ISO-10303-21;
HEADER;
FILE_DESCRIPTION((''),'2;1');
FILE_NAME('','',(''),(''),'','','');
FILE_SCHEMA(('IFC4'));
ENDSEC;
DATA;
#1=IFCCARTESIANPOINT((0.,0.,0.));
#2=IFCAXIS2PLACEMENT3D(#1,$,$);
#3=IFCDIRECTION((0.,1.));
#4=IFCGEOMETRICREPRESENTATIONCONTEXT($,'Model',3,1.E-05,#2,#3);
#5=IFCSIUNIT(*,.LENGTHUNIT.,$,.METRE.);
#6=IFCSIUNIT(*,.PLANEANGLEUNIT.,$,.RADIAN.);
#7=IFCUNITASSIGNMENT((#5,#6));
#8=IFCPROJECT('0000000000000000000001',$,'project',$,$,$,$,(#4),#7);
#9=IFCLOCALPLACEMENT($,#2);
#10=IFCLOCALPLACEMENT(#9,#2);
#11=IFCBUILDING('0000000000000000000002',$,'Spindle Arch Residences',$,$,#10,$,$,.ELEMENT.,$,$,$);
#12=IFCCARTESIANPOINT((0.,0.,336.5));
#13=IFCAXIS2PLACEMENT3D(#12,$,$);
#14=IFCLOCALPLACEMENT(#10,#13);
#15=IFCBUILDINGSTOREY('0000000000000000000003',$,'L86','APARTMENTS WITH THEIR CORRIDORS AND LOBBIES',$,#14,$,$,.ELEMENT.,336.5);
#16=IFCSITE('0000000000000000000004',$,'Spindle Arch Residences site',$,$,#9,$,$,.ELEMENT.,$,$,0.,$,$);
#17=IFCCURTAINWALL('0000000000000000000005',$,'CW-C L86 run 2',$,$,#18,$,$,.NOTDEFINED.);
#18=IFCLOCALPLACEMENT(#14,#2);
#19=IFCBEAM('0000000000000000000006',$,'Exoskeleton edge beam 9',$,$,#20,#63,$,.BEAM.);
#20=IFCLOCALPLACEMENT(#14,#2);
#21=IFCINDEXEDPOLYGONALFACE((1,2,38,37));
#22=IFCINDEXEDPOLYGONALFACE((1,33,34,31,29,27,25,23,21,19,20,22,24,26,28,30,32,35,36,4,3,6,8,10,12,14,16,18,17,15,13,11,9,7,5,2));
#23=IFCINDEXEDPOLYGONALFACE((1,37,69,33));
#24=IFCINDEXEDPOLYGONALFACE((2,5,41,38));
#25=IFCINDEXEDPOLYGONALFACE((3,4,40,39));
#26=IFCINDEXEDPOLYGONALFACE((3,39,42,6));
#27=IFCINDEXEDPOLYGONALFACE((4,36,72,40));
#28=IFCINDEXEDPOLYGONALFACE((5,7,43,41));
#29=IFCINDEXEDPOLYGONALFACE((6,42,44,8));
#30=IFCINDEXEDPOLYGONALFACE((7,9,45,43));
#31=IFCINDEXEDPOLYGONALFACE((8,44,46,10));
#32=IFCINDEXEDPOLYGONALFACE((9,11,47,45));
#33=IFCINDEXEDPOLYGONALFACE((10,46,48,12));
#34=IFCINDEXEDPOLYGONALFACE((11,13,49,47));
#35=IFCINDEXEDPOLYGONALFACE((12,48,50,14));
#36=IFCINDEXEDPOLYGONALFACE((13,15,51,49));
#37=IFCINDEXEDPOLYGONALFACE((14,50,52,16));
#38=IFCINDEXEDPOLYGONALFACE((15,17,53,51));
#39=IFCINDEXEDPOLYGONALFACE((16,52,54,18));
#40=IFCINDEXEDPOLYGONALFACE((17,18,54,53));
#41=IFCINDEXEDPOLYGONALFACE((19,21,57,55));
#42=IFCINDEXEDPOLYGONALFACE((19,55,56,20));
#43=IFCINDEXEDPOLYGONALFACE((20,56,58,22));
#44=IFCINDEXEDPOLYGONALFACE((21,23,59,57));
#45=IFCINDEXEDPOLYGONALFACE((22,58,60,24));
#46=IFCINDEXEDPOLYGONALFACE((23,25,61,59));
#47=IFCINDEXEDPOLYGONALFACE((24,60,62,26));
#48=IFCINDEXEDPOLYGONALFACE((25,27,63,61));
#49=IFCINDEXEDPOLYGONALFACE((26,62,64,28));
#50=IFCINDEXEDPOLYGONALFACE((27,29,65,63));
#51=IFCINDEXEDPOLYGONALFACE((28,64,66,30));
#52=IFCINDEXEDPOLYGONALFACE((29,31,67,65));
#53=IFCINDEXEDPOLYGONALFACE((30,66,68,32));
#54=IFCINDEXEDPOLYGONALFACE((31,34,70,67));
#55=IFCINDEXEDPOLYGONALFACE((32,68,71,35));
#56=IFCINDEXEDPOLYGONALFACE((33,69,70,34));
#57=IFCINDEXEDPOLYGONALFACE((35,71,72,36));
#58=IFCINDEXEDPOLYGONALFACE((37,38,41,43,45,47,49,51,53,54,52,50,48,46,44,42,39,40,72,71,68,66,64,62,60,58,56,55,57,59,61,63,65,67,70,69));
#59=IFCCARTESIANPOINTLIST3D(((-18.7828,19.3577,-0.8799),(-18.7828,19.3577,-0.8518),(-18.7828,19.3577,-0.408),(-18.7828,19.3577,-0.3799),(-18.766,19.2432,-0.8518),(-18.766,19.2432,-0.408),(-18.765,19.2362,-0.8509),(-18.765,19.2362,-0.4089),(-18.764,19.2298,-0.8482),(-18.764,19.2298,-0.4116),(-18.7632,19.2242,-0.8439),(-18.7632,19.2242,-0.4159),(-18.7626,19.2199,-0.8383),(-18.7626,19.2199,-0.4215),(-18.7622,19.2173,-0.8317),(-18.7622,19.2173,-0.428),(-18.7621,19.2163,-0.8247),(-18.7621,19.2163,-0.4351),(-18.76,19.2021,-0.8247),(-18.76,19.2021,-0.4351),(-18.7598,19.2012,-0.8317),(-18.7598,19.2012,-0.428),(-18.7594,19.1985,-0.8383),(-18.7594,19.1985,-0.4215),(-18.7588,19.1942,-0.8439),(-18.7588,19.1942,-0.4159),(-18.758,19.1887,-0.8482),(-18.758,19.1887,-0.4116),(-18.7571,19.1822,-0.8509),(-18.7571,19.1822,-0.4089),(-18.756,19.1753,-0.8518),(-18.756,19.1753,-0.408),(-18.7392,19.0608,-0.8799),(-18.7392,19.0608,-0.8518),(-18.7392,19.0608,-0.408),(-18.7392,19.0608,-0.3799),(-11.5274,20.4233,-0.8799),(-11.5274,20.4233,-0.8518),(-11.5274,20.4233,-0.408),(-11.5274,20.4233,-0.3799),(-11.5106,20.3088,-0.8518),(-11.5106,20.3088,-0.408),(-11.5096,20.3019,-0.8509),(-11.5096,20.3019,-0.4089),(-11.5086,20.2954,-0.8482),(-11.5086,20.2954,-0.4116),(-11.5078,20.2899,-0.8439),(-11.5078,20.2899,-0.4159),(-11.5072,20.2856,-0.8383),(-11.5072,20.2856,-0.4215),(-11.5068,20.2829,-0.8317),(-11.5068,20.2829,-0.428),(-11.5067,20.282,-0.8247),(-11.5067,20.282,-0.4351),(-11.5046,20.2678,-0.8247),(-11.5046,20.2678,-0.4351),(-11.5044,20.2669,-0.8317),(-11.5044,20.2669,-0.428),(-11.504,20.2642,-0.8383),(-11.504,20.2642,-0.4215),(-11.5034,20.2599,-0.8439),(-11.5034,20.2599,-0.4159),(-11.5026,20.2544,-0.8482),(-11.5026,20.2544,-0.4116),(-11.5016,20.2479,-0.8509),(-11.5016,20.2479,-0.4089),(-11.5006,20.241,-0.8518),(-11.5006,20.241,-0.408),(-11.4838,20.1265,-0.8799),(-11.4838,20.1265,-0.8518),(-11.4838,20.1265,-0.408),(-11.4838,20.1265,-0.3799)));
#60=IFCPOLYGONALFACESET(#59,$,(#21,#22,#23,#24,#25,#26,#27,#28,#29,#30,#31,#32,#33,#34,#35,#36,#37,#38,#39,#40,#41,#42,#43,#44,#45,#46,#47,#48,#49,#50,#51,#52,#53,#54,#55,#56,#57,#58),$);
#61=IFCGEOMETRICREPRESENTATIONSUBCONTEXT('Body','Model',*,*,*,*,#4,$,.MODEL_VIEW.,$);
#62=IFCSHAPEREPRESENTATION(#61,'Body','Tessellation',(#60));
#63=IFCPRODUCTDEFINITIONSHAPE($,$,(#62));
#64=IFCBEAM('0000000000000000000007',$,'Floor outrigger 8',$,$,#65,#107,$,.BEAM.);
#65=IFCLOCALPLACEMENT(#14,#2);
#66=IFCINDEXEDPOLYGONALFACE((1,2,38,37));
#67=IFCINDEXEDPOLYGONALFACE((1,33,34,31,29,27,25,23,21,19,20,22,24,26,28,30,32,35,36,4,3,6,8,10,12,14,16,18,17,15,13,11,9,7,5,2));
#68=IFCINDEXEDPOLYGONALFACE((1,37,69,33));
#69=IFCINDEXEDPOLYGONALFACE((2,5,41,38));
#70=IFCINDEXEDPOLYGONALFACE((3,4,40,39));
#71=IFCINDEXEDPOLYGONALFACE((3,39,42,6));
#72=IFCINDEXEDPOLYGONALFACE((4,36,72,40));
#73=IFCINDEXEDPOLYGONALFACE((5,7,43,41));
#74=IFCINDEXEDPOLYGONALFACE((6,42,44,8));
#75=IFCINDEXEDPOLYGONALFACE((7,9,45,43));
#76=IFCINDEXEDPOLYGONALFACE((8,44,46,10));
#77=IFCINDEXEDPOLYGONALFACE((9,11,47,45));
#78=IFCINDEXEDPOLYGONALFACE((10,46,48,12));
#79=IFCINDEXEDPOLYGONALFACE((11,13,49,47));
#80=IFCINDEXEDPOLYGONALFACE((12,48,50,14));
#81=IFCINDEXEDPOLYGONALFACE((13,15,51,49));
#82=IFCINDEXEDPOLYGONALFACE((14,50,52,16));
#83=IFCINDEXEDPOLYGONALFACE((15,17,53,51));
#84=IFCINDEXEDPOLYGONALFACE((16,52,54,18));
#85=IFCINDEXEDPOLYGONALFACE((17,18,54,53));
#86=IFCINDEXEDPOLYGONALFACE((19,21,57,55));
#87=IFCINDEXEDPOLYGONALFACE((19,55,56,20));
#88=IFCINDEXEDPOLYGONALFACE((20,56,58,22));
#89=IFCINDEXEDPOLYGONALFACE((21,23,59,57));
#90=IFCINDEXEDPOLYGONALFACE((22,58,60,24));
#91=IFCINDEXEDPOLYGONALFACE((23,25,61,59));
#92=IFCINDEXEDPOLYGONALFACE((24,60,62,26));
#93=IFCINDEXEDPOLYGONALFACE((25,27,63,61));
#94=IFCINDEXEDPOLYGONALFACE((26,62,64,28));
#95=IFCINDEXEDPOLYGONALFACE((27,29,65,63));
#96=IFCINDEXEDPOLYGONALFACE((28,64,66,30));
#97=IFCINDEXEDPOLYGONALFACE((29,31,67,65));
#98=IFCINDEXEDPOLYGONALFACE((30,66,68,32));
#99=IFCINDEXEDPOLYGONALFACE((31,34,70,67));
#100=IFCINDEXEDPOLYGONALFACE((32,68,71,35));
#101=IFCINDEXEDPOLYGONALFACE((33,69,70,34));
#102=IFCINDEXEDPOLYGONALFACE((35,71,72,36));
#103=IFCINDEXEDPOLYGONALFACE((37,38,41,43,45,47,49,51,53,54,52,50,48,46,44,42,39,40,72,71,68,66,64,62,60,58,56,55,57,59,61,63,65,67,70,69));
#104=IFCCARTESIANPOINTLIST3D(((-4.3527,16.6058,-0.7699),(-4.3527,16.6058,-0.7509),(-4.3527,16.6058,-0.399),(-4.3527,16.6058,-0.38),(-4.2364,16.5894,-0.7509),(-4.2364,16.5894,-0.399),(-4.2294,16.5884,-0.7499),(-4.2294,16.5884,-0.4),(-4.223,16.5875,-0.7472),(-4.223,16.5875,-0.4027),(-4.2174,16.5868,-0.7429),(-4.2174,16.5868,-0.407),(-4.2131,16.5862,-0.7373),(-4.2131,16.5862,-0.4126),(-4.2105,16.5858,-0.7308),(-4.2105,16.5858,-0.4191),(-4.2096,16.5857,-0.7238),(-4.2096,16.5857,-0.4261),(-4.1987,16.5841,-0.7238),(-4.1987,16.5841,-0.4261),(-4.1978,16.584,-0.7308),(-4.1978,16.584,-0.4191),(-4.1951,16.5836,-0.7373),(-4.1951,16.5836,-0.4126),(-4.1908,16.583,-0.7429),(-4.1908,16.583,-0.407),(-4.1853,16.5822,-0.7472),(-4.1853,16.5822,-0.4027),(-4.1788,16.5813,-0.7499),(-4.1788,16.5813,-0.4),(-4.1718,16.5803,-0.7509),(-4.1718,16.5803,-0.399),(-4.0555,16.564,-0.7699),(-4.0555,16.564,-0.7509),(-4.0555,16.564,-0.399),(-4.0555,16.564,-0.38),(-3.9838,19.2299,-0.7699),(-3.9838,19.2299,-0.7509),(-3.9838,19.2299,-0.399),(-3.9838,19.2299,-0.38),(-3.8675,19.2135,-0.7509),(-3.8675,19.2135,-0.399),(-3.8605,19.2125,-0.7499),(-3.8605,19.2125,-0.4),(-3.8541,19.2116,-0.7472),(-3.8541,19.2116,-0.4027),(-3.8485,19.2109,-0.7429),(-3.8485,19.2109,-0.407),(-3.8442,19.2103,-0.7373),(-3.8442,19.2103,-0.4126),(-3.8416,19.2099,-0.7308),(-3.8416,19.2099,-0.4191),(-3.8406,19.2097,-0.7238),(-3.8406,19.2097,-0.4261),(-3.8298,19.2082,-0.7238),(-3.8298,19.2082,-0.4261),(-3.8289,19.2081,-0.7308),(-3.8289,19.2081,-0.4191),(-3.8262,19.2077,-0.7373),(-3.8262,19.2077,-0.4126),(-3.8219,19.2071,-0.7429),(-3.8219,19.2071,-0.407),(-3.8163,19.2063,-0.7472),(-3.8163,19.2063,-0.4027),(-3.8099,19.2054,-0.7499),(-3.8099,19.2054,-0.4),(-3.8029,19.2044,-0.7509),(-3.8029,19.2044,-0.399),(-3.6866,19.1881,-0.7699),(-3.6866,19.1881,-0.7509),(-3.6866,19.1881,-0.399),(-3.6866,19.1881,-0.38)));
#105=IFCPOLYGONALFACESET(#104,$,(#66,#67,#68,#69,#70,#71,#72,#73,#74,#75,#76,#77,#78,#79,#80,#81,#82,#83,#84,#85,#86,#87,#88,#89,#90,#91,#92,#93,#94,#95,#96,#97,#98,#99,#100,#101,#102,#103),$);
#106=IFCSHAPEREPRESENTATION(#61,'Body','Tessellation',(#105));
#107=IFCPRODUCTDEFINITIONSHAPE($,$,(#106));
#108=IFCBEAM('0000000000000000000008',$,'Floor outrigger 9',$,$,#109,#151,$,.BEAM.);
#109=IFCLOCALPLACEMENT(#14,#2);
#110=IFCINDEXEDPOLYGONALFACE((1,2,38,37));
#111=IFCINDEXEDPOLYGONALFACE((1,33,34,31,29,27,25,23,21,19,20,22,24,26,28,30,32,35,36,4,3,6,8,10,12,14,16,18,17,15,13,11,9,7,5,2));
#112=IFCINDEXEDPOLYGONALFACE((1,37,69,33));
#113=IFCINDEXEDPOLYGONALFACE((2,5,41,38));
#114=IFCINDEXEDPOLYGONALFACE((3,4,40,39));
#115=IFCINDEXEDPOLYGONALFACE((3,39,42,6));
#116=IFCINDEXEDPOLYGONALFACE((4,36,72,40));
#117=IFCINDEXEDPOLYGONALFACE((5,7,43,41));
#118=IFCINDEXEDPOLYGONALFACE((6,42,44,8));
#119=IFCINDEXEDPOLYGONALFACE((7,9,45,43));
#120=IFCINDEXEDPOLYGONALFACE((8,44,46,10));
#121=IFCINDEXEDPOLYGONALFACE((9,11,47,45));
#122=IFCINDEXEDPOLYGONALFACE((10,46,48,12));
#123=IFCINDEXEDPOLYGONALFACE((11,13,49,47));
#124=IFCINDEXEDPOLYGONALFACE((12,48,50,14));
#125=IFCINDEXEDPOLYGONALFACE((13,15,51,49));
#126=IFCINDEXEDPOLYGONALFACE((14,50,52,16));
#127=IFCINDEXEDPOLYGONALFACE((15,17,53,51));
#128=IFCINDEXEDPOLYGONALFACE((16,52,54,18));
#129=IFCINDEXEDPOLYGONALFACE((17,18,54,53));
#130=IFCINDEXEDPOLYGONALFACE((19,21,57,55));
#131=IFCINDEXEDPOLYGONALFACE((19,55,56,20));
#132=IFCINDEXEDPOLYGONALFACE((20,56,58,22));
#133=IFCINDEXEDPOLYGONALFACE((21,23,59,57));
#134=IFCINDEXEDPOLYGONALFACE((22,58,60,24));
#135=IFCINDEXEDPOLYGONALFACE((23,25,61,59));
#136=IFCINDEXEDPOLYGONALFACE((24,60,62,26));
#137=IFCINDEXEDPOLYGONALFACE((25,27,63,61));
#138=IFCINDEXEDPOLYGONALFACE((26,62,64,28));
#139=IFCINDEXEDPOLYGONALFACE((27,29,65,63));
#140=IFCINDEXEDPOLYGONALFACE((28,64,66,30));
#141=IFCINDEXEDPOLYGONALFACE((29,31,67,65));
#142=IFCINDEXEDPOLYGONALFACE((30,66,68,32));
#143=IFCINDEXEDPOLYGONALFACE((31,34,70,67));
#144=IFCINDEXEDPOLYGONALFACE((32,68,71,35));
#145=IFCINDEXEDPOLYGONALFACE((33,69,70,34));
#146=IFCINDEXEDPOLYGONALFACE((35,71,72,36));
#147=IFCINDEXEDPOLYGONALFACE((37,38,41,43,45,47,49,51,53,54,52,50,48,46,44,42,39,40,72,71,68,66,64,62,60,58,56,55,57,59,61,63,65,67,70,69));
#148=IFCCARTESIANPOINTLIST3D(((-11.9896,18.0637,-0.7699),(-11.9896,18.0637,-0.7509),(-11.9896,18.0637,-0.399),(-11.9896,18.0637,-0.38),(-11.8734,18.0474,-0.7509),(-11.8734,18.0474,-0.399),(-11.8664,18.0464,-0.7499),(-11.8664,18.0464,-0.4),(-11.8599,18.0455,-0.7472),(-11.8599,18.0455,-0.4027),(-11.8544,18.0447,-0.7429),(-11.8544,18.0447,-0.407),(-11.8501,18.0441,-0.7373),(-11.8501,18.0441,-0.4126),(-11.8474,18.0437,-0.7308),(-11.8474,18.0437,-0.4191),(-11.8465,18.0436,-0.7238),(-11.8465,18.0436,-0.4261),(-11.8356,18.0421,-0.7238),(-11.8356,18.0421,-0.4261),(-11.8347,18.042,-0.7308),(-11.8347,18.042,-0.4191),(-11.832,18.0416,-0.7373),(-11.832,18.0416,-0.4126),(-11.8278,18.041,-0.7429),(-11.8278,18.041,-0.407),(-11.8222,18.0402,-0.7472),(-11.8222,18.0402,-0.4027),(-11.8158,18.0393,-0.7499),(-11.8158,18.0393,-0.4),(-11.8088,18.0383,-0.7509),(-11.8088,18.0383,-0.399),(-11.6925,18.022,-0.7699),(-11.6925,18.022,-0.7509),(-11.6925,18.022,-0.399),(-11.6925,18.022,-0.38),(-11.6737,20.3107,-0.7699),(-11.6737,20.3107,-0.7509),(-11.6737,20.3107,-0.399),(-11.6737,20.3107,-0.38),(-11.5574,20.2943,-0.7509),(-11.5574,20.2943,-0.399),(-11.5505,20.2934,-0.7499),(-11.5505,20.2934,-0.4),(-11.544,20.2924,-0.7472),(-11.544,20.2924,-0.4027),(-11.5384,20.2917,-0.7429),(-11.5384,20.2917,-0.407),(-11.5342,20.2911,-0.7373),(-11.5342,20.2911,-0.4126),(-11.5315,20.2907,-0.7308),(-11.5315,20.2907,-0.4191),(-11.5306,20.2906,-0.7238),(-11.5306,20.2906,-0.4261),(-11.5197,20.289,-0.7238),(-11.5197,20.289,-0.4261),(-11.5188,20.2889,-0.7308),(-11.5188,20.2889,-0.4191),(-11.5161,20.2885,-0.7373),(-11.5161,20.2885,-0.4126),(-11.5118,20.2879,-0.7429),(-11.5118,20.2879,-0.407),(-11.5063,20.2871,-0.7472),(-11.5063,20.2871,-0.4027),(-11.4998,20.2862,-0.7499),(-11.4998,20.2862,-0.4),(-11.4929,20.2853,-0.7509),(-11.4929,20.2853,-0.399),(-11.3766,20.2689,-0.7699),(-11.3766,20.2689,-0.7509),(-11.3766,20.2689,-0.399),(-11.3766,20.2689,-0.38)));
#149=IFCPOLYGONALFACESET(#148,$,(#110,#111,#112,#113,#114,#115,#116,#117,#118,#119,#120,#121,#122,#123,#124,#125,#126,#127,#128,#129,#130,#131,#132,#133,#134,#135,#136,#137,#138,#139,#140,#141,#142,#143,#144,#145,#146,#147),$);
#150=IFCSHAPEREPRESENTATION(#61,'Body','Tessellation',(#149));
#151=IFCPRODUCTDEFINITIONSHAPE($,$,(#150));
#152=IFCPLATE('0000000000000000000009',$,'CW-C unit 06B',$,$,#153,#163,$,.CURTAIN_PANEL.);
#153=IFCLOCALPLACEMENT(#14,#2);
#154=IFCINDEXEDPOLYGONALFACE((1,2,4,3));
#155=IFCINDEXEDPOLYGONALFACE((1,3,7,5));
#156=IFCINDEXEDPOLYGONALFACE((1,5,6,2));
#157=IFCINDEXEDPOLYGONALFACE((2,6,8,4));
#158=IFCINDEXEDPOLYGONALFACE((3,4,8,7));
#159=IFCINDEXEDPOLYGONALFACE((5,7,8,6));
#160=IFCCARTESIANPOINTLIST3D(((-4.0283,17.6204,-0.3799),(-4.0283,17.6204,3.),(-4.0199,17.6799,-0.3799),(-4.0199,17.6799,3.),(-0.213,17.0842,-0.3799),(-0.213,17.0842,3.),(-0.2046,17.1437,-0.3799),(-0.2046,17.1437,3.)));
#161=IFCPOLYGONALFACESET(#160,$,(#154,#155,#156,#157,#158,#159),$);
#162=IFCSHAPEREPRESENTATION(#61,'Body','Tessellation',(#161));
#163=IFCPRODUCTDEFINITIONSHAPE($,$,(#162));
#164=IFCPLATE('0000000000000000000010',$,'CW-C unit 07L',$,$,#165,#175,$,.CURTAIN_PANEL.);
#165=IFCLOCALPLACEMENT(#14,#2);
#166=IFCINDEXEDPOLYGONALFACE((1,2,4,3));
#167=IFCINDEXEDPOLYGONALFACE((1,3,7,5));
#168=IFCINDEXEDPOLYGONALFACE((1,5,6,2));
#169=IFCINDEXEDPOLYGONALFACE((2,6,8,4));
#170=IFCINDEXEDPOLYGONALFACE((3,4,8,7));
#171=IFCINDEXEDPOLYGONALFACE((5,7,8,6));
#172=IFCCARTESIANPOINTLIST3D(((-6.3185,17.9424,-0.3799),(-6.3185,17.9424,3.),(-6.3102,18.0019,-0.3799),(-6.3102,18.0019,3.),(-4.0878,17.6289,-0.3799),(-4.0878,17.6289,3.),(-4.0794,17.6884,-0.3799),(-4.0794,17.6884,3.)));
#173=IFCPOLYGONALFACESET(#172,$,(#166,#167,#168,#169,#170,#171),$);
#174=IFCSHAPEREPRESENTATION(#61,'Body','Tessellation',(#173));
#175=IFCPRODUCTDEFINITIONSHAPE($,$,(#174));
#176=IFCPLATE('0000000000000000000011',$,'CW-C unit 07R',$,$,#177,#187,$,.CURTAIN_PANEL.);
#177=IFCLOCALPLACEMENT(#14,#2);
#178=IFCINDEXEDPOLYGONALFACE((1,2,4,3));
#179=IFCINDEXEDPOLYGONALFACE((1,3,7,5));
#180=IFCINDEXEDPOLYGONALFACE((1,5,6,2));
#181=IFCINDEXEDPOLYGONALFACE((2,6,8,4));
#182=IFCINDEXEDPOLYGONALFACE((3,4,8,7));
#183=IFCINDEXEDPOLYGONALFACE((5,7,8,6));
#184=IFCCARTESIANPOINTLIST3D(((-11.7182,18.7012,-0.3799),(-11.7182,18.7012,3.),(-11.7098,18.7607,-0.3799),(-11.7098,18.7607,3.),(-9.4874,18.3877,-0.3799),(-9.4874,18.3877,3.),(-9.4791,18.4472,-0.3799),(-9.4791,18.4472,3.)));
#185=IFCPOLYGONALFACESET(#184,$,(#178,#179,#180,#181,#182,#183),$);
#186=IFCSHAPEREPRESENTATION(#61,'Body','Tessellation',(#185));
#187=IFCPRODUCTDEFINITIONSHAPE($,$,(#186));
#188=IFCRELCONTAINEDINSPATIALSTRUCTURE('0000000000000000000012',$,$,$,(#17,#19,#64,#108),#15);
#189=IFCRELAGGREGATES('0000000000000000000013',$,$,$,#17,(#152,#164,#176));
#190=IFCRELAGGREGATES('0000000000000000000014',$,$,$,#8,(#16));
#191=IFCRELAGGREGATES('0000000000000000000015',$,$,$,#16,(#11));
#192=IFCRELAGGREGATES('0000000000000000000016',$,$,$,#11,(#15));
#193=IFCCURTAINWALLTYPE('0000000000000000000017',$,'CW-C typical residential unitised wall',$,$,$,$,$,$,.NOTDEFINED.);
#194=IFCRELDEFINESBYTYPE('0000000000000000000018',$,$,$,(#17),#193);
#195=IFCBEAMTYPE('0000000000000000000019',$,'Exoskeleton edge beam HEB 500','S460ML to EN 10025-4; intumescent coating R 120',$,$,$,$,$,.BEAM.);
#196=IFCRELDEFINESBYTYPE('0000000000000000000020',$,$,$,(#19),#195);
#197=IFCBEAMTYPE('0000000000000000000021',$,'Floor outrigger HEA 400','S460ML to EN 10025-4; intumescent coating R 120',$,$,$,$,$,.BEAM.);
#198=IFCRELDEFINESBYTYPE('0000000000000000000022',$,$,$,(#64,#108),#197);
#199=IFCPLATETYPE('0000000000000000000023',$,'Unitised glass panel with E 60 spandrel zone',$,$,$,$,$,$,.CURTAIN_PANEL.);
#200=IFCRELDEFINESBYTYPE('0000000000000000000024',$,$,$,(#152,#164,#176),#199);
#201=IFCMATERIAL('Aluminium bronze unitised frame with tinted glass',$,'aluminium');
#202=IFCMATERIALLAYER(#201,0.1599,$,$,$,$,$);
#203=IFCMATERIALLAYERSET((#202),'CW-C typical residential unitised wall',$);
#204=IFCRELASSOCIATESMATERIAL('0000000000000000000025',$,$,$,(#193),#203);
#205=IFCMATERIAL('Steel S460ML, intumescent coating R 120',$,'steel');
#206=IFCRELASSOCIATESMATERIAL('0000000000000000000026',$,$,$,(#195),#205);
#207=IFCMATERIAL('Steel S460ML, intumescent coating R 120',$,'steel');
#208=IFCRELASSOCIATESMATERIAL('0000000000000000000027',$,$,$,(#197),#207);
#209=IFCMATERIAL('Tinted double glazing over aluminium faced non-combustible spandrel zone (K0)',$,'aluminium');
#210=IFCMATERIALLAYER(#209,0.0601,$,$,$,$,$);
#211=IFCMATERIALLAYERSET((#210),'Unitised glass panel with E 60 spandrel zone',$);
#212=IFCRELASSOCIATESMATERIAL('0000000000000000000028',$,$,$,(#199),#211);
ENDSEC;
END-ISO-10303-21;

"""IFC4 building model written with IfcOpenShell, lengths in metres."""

from ifc_helpers import new_model, si_unit, direction, frame, origin, origin_2d, place, context, subcontext, project, spatial, rectangle, i_section, extrude, material, layer, layer_set, material_profile, profile_set, type_object, element, aggregate, save


model = new_model("IFC4")

# Units and contexts
model_context = context("Model", 3, precision=1e-05, world=origin(), true_north=direction((0.0, 1.0)))
body_context = subcontext(model_context, "Body", "Model", "MODEL_VIEW")
ifc_project = project(units=[si_unit("LENGTHUNIT", "METRE"), si_unit("PLANEANGLEUNIT", "RADIAN")], contexts=[model_context])

# Site, building, storey
site_placement = place(None, origin())
site = spatial("IfcSite", under=ifc_project, at=site_placement, Name="Spindle Arch Residences site", CompositionType="ELEMENT", RefElevation=0.0)
building_placement = place(site_placement, origin())
building = spatial("IfcBuilding", under=site, at=building_placement, Name="Spindle Arch Residences", CompositionType="ELEMENT")
storey_placement = place(building_placement, frame((0.0, 0.0, 336.5)))
storey = spatial("IfcBuildingStorey", under=building, at=storey_placement, Name="L86", Description="APARTMENTS WITH THEIR CORRIDORS AND LOBBIES", CompositionType="ELEMENT", Elevation=336.5)

# Curtain wall
ifc_material_1 = material(Name="Aluminium bronze unitised frame with tinted glass", Category="aluminium")
ifc_layer_1 = layer(ifc_material_1, 0.1599)
ifc_layer_set_1 = layer_set([ifc_layer_1], Name="CW-C typical residential unitised wall")
curtain_wall_type_1 = type_object("IfcCurtainWallType", Name="CW-C typical residential unitised wall", PredefinedType="NOTDEFINED", material=ifc_layer_set_1)
curtain_wall_1_placement = place(storey_placement, origin())
curtain_wall_1 = element("IfcCurtainWall", 1, at=curtain_wall_1_placement, inside=storey, type_object=curtain_wall_type_1, Name="CW-C L86 run 2", PredefinedType="NOTDEFINED")

# Beams
ifc_material_2 = material(Name="Steel S460ML, intumescent coating R 120", Category="steel")
ifc_material_profile_1 = material_profile(ifc_material_2, i_section(OverallWidth=0.3, OverallDepth=0.5, WebThickness=0.0144, FlangeThickness=0.0281, FilletRadius=0.0271, at=origin_2d()), Name="HEB 500")
ifc_profile_set_1 = profile_set([ifc_material_profile_1], Name="Steel S460ML, intumescent coating R 120")
beam_type_1 = type_object("IfcBeamType", Name="Exoskeleton edge beam HEB 500", Description="S460ML to EN 10025-4; intumescent coating R 120", PredefinedType="BEAM", material=ifc_profile_set_1)
beam_1_placement = place(storey_placement, frame((-11.5056, 20.2749, -0.6299), z_axis=(-0.989384, -0.145321, 0.0), x_axis=(0.145321, -0.989384, 0.0)))
element("IfcBeam", 2, at=beam_1_placement, inside=storey, type_object=beam_type_1, Name="Exoskeleton edge beam 9", PredefinedType="BEAM", context=body_context, shape_type="SweptSolid", body=[
    extrude(i_section(OverallWidth=0.3, OverallDepth=0.5, WebThickness=0.0144, FlangeThickness=0.0281, FilletRadius=0.0271, at=origin_2d()), origin(), (0.0, 0.0, 1.0), 7.3333),
])
ifc_material_3 = material(Name="Steel S460ML, intumescent coating R 120", Category="steel")
ifc_material_profile_2 = material_profile(ifc_material_3, i_section(OverallWidth=0.3, OverallDepth=0.3899, WebThickness=0.011, FlangeThickness=0.019, FilletRadius=0.0271, at=origin_2d()), Name="HEA 400")
ifc_profile_set_2 = profile_set([ifc_material_profile_2], Name="Steel S460ML, intumescent coating R 120")
beam_type_2 = type_object("IfcBeamType", Name="Floor outrigger HEA 400", Description="S460ML to EN 10025-4; intumescent coating R 120", PredefinedType="BEAM", material=ifc_profile_set_2)
beam_2_placement = place(storey_placement, frame((-3.8352, 19.209, -0.575), z_axis=(-0.139215, -0.990262, 0.0), x_axis=(0.990262, -0.139215, 0.0)))
element("IfcBeam", 3, at=beam_2_placement, inside=storey, type_object=beam_type_2, Name="Floor outrigger 8", PredefinedType="BEAM", context=body_context, shape_type="SweptSolid", body=[
    extrude(i_section(OverallWidth=0.3, OverallDepth=0.3899, WebThickness=0.011, FlangeThickness=0.019, FilletRadius=0.0271, at=origin_2d()), origin(), (0.0, 0.0, 1.0), 2.6499),
])
beam_3_placement = place(storey_placement, frame((-11.5251, 20.2898, -0.575), z_axis=(-0.139237, -0.990259, 0.0), x_axis=(0.990259, -0.139237, 0.0)))
element("IfcBeam", 4, at=beam_3_placement, inside=storey, type_object=beam_type_2, Name="Floor outrigger 9", PredefinedType="BEAM", context=body_context, shape_type="SweptSolid", body=[
    extrude(i_section(OverallWidth=0.3, OverallDepth=0.3899, WebThickness=0.011, FlangeThickness=0.019, FilletRadius=0.0271, at=origin_2d()), origin(), (0.0, 0.0, 1.0), 2.269),
])

# Plates
ifc_material_4 = material(Name="Tinted double glazing over aluminium faced non-combustible spandrel zone (K0)", Category="aluminium")
ifc_layer_2 = layer(ifc_material_4, 0.0601)
ifc_layer_set_2 = layer_set([ifc_layer_2], Name="Unitised glass panel with E 60 spandrel zone")
plate_type = type_object("IfcPlateType", Name="Unitised glass panel with E 60 spandrel zone", PredefinedType="CURTAIN_PANEL", material=ifc_layer_set_2)
plate_1_placement = place(storey_placement, frame((-2.1165, 17.3821, -0.3799), z_axis=(0.0, 0.0, 1.0), x_axis=(-0.990268, 0.139173, 0.0)))
plate_1 = element("IfcPlate", 5, at=plate_1_placement, type_object=plate_type, Name="CW-C unit 06B", PredefinedType="CURTAIN_PANEL", context=body_context, shape_type="SweptSolid", body=[
    extrude(rectangle(XDim=3.8528, YDim=0.0601, at=origin_2d()), origin(), (0.0, 0.0, 1.0), 3.3799),
])
plate_2_placement = place(storey_placement, frame((-5.199, 17.8154, -0.3799), z_axis=(0.0, 0.0, 1.0), x_axis=(-0.990268, 0.139173, 0.0)))
plate_2 = element("IfcPlate", 6, at=plate_2_placement, type_object=plate_type, Name="CW-C unit 07L", PredefinedType="CURTAIN_PANEL", context=body_context, shape_type="SweptSolid", body=[
    extrude(rectangle(XDim=2.2527, YDim=0.0601, at=origin_2d()), origin(), (0.0, 0.0, 1.0), 3.3799),
])
plate_3_placement = place(storey_placement, frame((-10.5986, 18.5742, -0.3799), z_axis=(0.0, 0.0, 1.0), x_axis=(-0.990268, 0.139173, 0.0)))
plate_3 = element("IfcPlate", 7, at=plate_3_placement, type_object=plate_type, Name="CW-C unit 07R", PredefinedType="CURTAIN_PANEL", context=body_context, shape_type="SweptSolid", body=[
    extrude(rectangle(XDim=2.2527, YDim=0.0601, at=origin_2d()), origin(), (0.0, 0.0, 1.0), 3.3799),
])
aggregate(curtain_wall_1, [plate_1, plate_2, plate_3])

save(model, "model.ifc")
